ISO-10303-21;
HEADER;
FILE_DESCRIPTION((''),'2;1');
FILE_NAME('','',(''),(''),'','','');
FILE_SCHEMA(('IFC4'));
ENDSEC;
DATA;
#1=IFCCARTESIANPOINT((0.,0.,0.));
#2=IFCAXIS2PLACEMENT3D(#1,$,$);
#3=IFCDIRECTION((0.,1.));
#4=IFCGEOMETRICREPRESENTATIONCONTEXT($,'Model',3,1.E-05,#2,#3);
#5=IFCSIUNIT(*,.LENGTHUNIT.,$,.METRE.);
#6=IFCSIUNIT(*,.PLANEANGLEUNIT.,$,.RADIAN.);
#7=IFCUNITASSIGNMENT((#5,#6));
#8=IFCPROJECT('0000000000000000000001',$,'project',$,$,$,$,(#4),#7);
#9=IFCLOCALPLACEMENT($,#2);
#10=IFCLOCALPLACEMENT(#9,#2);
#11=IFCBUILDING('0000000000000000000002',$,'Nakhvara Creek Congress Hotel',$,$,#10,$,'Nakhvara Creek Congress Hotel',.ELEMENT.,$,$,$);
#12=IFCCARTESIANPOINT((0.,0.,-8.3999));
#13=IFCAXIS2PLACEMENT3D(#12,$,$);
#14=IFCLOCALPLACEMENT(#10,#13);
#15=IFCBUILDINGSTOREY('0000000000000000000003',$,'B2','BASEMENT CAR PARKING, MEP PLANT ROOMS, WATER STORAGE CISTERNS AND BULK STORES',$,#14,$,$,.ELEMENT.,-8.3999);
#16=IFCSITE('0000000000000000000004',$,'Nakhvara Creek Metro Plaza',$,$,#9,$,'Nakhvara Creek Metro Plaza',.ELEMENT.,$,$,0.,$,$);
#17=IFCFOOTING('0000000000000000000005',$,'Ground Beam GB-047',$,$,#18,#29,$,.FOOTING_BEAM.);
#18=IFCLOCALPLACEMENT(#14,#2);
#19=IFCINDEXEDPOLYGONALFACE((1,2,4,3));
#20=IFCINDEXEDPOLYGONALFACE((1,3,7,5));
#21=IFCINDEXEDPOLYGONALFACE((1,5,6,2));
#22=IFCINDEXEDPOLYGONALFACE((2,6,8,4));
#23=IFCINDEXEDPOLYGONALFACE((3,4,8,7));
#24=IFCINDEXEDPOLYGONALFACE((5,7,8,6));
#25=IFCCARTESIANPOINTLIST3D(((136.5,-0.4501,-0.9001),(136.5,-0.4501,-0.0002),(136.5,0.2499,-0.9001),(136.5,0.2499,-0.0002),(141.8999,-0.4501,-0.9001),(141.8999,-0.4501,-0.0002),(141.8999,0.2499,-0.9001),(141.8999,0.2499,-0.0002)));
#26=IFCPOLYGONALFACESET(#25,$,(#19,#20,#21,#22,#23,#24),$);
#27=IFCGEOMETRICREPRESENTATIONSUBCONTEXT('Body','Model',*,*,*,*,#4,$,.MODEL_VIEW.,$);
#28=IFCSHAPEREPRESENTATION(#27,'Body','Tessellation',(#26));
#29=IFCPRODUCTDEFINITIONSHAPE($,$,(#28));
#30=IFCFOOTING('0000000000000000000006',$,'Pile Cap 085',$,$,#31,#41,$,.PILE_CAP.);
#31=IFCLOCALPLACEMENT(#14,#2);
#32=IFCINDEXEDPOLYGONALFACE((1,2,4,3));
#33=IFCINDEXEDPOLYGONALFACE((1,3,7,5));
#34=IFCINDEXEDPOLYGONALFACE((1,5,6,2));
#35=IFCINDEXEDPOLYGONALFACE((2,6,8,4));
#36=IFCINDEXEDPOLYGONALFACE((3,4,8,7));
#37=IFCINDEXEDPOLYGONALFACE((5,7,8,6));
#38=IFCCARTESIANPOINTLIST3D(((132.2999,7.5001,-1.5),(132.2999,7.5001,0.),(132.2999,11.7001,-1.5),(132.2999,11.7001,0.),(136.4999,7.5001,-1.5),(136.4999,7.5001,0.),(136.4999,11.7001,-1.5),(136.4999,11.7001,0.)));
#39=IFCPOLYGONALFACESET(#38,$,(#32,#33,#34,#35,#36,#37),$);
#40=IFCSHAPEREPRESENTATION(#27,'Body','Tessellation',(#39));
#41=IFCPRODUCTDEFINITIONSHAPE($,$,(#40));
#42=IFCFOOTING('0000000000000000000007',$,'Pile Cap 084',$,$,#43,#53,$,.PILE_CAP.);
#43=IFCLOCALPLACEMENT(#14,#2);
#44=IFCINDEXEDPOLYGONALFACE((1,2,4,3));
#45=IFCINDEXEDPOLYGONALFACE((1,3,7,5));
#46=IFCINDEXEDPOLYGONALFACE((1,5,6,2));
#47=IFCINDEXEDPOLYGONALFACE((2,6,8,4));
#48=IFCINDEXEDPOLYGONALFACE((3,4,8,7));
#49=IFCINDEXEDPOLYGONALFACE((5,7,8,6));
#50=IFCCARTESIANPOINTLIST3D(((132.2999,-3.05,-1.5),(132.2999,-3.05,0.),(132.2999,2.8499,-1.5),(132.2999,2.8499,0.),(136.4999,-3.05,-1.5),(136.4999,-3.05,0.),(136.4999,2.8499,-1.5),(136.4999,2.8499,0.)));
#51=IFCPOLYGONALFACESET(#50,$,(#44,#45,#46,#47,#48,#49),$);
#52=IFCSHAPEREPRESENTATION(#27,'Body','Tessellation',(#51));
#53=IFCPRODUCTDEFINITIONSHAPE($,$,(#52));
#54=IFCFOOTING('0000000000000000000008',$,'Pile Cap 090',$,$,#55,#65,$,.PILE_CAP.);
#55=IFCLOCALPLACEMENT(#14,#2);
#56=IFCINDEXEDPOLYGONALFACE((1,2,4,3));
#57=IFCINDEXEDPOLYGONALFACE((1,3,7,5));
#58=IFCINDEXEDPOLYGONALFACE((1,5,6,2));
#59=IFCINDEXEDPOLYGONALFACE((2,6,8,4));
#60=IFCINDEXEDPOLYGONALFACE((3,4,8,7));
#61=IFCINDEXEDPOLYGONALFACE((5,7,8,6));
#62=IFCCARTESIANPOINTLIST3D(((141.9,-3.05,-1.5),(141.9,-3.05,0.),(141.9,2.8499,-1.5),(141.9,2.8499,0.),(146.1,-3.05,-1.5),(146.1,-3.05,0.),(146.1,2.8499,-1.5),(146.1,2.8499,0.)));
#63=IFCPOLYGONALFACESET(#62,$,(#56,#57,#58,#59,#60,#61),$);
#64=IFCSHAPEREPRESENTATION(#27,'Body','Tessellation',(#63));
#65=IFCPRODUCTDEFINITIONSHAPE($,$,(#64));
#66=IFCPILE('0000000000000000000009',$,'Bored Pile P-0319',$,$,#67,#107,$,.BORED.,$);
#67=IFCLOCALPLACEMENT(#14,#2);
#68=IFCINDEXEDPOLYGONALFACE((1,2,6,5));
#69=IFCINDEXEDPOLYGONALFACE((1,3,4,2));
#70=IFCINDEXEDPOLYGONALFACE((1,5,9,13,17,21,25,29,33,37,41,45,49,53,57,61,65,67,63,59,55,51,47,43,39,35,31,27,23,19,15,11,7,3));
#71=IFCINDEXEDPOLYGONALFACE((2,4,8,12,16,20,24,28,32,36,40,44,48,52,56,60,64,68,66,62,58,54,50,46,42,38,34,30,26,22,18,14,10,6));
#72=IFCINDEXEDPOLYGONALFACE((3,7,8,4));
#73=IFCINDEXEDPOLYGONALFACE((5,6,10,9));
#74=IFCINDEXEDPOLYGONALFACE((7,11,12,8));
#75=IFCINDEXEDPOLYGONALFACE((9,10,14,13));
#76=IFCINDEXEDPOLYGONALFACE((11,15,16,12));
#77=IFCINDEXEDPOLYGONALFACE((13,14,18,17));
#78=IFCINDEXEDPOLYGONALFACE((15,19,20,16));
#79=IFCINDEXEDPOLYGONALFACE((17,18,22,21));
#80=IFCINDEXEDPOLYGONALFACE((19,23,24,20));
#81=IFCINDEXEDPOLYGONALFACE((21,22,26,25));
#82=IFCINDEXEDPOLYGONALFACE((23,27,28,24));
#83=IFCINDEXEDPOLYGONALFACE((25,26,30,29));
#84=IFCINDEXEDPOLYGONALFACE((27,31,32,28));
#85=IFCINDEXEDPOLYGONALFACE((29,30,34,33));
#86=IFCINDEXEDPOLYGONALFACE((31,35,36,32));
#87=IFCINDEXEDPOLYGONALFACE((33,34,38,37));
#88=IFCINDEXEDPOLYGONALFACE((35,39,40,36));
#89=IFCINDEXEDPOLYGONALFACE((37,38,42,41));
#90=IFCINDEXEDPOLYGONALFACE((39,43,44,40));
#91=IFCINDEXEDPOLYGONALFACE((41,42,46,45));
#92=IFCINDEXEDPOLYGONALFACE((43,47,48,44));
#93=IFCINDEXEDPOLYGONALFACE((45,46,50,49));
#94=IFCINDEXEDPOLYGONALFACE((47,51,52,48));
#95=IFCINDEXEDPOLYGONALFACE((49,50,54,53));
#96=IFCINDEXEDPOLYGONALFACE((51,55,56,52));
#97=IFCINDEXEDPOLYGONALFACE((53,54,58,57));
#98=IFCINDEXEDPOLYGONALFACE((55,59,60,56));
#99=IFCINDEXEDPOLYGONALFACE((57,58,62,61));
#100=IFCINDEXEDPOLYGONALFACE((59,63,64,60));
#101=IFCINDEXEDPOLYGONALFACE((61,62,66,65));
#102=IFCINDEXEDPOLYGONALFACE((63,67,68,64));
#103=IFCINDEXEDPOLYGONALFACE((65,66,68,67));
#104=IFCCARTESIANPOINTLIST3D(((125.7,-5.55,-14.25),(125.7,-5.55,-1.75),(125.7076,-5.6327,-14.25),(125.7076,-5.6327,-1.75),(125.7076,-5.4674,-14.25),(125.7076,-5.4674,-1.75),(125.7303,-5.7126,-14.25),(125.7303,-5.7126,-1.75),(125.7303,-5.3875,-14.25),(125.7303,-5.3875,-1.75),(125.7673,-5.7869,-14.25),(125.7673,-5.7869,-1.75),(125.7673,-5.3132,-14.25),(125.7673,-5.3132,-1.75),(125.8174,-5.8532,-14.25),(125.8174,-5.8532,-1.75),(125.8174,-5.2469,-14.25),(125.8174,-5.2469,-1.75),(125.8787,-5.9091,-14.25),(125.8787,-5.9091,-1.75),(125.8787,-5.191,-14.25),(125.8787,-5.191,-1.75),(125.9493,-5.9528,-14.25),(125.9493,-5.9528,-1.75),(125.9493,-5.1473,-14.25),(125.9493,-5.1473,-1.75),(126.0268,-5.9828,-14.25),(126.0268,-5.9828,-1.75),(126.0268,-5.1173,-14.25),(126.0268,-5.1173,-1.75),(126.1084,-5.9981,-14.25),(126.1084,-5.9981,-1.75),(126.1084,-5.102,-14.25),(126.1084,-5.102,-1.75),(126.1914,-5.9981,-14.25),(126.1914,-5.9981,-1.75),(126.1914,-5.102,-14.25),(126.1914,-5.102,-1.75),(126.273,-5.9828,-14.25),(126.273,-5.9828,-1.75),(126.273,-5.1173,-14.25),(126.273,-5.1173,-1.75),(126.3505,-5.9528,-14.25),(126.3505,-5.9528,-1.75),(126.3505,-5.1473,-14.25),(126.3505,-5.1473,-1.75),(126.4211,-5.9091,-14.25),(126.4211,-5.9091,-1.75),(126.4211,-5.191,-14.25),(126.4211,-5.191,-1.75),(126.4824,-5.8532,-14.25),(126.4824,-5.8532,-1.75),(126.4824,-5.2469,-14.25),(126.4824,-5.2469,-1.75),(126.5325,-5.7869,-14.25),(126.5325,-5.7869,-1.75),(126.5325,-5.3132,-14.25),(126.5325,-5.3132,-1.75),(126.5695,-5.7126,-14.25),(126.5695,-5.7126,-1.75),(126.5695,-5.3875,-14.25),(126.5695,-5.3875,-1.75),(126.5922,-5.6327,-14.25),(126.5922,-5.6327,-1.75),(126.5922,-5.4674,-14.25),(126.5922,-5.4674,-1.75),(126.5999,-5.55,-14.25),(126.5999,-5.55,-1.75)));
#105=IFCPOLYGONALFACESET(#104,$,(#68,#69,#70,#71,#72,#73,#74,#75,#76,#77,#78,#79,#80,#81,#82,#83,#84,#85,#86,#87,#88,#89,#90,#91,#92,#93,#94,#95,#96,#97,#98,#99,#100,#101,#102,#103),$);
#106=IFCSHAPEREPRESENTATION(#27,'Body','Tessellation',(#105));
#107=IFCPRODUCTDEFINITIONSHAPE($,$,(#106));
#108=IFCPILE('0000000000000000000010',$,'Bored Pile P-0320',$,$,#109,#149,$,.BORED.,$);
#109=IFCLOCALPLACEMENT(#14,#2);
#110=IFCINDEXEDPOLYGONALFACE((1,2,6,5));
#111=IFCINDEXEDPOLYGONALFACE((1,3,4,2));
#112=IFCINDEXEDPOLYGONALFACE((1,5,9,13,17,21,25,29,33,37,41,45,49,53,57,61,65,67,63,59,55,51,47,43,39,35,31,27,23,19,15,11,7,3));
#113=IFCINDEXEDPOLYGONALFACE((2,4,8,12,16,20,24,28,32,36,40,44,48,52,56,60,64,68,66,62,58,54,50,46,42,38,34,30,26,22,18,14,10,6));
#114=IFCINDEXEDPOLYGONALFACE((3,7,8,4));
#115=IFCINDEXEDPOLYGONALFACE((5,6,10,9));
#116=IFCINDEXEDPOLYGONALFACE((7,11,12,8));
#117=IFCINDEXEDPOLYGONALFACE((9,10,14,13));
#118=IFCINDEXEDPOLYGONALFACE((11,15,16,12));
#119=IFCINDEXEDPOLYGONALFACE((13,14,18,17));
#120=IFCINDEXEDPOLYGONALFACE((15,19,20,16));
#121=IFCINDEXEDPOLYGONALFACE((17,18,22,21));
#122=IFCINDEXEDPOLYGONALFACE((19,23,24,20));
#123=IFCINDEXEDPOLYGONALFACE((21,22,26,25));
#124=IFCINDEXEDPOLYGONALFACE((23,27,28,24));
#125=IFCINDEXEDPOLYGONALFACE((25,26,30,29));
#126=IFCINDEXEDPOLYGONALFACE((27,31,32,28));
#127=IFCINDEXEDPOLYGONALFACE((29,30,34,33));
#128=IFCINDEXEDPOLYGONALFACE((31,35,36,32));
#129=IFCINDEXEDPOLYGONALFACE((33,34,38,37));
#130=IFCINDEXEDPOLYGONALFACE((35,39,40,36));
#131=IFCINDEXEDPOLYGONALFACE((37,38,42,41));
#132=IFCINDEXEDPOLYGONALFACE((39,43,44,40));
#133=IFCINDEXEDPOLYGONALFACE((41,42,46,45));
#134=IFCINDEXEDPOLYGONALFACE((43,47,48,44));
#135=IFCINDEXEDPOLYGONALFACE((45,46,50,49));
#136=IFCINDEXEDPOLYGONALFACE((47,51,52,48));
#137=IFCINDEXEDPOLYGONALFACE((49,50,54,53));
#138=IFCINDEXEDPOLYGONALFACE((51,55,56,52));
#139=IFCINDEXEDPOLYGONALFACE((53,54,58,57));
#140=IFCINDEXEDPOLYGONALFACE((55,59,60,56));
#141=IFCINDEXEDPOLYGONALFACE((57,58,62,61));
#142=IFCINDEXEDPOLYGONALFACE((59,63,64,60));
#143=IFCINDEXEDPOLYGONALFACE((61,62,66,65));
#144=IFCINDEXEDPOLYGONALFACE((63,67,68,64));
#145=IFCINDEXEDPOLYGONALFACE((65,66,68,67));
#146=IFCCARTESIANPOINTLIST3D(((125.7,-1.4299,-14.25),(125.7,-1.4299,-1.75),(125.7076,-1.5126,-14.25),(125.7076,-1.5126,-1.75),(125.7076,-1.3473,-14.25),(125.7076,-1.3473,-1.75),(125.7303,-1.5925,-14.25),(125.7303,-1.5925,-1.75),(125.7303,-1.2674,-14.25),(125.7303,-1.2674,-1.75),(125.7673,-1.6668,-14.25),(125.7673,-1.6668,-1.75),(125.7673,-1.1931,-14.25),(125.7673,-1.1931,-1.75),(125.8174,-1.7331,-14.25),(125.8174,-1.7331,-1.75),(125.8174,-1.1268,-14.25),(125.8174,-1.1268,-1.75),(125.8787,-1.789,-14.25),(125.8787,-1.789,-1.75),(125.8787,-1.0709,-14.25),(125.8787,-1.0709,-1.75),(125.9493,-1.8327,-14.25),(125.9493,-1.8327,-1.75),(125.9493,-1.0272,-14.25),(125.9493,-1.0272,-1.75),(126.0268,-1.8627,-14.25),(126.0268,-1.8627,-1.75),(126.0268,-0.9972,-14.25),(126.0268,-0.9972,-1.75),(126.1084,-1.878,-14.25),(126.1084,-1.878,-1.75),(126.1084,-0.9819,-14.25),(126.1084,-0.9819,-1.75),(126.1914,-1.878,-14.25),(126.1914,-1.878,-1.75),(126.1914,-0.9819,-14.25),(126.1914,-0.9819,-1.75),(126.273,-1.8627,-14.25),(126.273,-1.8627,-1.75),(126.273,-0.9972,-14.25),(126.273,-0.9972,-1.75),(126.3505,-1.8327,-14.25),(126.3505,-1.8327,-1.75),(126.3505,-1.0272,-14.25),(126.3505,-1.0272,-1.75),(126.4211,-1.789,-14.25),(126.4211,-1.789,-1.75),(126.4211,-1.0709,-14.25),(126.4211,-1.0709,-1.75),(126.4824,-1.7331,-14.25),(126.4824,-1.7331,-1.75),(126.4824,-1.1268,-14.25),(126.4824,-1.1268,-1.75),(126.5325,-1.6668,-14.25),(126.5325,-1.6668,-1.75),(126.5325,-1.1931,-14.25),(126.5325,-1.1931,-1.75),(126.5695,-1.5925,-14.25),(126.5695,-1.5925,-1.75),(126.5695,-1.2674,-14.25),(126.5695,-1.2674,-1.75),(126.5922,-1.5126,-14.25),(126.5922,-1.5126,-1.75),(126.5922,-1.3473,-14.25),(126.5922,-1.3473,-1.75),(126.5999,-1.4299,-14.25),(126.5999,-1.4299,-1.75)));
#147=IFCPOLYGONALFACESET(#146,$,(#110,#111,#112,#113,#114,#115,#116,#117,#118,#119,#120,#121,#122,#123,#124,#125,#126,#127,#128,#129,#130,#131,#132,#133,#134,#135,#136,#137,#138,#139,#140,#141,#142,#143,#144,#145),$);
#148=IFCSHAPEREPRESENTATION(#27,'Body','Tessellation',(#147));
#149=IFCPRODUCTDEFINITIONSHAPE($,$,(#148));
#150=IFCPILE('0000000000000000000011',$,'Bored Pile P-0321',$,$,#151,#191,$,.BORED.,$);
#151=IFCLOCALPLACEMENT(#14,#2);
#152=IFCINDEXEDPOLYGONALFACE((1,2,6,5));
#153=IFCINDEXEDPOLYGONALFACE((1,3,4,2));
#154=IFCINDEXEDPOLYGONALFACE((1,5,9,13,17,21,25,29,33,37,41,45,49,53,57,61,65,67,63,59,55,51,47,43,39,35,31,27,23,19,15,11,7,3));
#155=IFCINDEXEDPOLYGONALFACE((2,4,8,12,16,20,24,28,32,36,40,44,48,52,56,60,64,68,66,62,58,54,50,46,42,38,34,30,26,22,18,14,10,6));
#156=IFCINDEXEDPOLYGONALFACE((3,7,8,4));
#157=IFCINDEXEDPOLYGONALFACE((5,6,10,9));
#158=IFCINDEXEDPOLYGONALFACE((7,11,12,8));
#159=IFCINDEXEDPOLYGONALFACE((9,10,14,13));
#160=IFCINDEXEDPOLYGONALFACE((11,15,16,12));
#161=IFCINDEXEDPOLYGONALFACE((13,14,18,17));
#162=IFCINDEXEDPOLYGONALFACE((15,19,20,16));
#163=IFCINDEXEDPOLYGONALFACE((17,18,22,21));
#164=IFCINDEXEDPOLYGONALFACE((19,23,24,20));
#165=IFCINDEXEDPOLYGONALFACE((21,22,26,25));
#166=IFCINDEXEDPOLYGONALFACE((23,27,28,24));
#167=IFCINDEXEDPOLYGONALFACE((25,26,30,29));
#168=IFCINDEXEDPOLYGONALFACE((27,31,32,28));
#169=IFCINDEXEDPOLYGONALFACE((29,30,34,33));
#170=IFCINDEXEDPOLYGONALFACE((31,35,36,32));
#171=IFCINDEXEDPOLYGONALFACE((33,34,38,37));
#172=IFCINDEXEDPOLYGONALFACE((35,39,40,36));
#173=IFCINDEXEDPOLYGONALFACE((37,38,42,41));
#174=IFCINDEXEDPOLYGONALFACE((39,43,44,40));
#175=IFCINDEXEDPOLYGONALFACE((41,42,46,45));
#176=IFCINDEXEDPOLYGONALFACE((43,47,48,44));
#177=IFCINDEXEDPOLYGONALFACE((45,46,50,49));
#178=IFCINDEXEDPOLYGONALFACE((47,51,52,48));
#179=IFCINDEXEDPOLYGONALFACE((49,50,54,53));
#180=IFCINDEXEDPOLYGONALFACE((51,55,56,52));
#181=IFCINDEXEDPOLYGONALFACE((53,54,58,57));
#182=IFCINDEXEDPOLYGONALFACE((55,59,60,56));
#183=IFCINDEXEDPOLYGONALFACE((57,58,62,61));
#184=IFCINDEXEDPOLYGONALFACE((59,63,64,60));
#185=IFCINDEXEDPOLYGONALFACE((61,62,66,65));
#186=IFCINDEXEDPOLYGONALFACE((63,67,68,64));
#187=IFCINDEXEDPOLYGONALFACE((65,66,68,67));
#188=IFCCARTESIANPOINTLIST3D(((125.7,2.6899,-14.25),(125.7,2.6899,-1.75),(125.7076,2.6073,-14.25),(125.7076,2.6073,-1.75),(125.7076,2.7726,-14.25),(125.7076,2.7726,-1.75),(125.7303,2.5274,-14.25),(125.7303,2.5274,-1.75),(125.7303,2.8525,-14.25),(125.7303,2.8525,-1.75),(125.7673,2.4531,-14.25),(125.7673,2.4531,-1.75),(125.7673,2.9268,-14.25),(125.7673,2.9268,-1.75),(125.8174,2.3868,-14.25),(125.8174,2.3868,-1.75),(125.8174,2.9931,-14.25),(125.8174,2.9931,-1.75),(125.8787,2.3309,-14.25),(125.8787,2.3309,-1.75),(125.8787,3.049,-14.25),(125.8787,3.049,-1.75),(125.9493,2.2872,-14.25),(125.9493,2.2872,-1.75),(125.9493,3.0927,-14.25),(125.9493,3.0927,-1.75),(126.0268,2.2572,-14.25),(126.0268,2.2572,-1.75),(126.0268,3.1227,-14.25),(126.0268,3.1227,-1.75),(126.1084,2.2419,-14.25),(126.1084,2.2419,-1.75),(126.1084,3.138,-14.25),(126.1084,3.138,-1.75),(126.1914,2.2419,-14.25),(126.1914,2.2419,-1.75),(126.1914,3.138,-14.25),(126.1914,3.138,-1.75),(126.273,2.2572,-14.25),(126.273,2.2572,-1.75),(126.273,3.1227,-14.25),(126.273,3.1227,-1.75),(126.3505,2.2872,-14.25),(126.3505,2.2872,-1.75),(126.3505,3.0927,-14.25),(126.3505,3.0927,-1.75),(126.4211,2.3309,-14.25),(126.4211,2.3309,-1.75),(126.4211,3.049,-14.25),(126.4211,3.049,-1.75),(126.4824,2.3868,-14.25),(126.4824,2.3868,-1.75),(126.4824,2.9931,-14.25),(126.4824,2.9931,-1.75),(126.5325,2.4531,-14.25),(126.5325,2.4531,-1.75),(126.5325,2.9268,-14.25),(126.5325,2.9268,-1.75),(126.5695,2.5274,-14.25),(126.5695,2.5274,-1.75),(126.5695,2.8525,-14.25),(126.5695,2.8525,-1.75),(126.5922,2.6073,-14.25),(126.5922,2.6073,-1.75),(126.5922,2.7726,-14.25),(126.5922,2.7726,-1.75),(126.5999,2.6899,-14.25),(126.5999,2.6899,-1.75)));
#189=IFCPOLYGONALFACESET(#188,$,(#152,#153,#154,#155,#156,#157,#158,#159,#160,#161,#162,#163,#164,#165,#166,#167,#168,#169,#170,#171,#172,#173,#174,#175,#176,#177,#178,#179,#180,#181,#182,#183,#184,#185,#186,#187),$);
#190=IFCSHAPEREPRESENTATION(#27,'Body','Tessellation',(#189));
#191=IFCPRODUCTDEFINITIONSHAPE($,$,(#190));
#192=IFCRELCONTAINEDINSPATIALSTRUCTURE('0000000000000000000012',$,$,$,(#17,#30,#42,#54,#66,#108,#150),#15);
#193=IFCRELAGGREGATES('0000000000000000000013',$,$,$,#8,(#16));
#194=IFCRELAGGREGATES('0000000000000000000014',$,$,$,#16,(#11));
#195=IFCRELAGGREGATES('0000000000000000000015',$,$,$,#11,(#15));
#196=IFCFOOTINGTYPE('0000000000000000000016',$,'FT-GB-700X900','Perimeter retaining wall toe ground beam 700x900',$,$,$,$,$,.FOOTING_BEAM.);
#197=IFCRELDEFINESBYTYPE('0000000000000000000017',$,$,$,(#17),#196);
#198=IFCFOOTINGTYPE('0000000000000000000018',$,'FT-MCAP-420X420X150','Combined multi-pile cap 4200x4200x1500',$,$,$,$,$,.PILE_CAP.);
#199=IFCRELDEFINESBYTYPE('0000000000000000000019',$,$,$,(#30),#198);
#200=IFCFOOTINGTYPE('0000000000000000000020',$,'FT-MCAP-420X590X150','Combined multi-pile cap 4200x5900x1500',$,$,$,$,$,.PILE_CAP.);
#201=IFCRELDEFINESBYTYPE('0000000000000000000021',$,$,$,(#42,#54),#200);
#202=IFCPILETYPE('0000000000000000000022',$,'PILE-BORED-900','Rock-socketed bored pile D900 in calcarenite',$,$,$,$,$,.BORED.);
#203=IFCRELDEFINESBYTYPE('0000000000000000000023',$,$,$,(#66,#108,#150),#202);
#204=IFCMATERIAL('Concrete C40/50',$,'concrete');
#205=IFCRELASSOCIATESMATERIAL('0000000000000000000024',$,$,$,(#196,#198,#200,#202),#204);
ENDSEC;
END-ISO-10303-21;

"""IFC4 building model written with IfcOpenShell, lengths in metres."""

from ifc_helpers import new_model, si_unit, direction, frame, origin, origin_2d, place, context, subcontext, project, spatial, rectangle, circle, extrude, material, material_profile, profile_set, type_object, element, save


model = new_model("IFC4")

# Units and contexts
model_context = context("Model", 3, precision=1e-05, world=origin(), true_north=direction((0.0, 1.0)))
body_context = subcontext(model_context, "Body", "Model", "MODEL_VIEW")
ifc_project = project(units=[si_unit("LENGTHUNIT", "METRE"), si_unit("PLANEANGLEUNIT", "RADIAN")], contexts=[model_context])

# Site, building, storey
site_placement = place(None, origin())
site = spatial("IfcSite", under=ifc_project, at=site_placement, Name="Nakhvara Creek Metro Plaza", LongName="Nakhvara Creek Metro Plaza", CompositionType="ELEMENT", RefElevation=0.0)
building_placement = place(site_placement, origin())
building = spatial("IfcBuilding", under=site, at=building_placement, Name="Nakhvara Creek Congress Hotel", LongName="Nakhvara Creek Congress Hotel", CompositionType="ELEMENT")
storey_placement = place(building_placement, frame((0.0, 0.0, -8.3999)))
storey = spatial("IfcBuildingStorey", under=building, at=storey_placement, Name="B2", Description="BASEMENT CAR PARKING, MEP PLANT ROOMS, WATER STORAGE CISTERNS AND BULK STORES", CompositionType="ELEMENT", Elevation=-8.3999)

# Footings
ifc_material_1 = material(Name="Concrete C40/50", Category="concrete")
footing_type_1 = type_object("IfcFootingType", Name="FT-GB-700X900", Description="Perimeter retaining wall toe ground beam 700x900", PredefinedType="FOOTING_BEAM", material=ifc_material_1)
footing_1_placement = place(storey_placement, frame((139.2, -0.1001, -0.9001), z_axis=(0.0, 0.0, 1.0), x_axis=(1.0, 0.0, 0.0)))
element("IfcFooting", 1, at=footing_1_placement, inside=storey, type_object=footing_type_1, Name="Ground Beam GB-047", PredefinedType="FOOTING_BEAM", context=body_context, shape_type="SweptSolid", body=[
    extrude(rectangle(XDim=5.3999, YDim=0.7, at=origin_2d()), origin(), (0.0, 0.0, 1.0), 0.8999),
])
footing_type_2 = type_object("IfcFootingType", Name="FT-MCAP-420X420X150", Description="Combined multi-pile cap 4200x4200x1500", PredefinedType="PILE_CAP", material=ifc_material_1)
footing_2_placement = place(storey_placement, frame((134.3999, 9.6001, -1.5), z_axis=(0.0, 0.0, 1.0), x_axis=(1.0, 0.0, 0.0)))
element("IfcFooting", 2, at=footing_2_placement, inside=storey, type_object=footing_type_2, Name="Pile Cap 085", PredefinedType="PILE_CAP", context=body_context, shape_type="SweptSolid", body=[
    extrude(rectangle(XDim=4.2, YDim=4.2, at=origin_2d()), origin(), (0.0, 0.0, 1.0), 1.5),
])
footing_type_3 = type_object("IfcFootingType", Name="FT-MCAP-420X590X150", Description="Combined multi-pile cap 4200x5900x1500", PredefinedType="PILE_CAP", material=ifc_material_1)
for number, where, z_axis, x_axis, name in (
    (3, (134.3999, -0.1001, -1.5), (0.0, 0.0, 1.0), (1.0, 0.0, 0.0), "Pile Cap 084"),
    (4, (144.0, -0.1001, -1.5), (0.0, 0.0, 1.0), (1.0, 0.0, 0.0), "Pile Cap 090"),
):
    element("IfcFooting", number, at=place(storey_placement, frame(where, z_axis=z_axis, x_axis=x_axis)), inside=storey, type_object=footing_type_3, Name=name, PredefinedType="PILE_CAP", context=body_context, shape_type="SweptSolid", body=[
        extrude(rectangle(XDim=4.2, YDim=5.8999, at=origin_2d()), origin(), (0.0, 0.0, 1.0), 1.5),
    ])

# Piles
ifc_material_profile_1 = material_profile(ifc_material_1, circle(Radius=0.45, at=origin_2d()), Name="BORED PILE D900", Category="LoadBearing")
ifc_profile_set_1 = profile_set([ifc_material_profile_1], Name="Concrete C40/50")
pile_type = type_object("IfcPileType", Name="PILE-BORED-900", Description="Rock-socketed bored pile D900 in calcarenite", PredefinedType="BORED", material=ifc_profile_set_1)
for number, where, z_axis, x_axis, name in (
    (5, (126.1499, -5.55, -1.75), (0.0, 0.0, -1.0), (1.0, 0.0, 0.0), "Bored Pile P-0319"),
    (6, (126.1499, -1.4299, -1.75), (0.0, 0.0, -1.0), (1.0, 0.0, 0.0), "Bored Pile P-0320"),
    (7, (126.1499, 2.6899, -1.75), (0.0, 0.0, -1.0), (1.0, 0.0, 0.0), "Bored Pile P-0321"),
):
    element("IfcPile", number, at=place(storey_placement, frame(where, z_axis=z_axis, x_axis=x_axis)), inside=storey, type_object=pile_type, Name=name, PredefinedType="BORED", context=body_context, shape_type="SweptSolid", body=[
        extrude(circle(Radius=0.45, at=origin_2d()), origin(), (0.0, 0.0, 1.0), 12.5),
    ])

save(model, "model.ifc")
